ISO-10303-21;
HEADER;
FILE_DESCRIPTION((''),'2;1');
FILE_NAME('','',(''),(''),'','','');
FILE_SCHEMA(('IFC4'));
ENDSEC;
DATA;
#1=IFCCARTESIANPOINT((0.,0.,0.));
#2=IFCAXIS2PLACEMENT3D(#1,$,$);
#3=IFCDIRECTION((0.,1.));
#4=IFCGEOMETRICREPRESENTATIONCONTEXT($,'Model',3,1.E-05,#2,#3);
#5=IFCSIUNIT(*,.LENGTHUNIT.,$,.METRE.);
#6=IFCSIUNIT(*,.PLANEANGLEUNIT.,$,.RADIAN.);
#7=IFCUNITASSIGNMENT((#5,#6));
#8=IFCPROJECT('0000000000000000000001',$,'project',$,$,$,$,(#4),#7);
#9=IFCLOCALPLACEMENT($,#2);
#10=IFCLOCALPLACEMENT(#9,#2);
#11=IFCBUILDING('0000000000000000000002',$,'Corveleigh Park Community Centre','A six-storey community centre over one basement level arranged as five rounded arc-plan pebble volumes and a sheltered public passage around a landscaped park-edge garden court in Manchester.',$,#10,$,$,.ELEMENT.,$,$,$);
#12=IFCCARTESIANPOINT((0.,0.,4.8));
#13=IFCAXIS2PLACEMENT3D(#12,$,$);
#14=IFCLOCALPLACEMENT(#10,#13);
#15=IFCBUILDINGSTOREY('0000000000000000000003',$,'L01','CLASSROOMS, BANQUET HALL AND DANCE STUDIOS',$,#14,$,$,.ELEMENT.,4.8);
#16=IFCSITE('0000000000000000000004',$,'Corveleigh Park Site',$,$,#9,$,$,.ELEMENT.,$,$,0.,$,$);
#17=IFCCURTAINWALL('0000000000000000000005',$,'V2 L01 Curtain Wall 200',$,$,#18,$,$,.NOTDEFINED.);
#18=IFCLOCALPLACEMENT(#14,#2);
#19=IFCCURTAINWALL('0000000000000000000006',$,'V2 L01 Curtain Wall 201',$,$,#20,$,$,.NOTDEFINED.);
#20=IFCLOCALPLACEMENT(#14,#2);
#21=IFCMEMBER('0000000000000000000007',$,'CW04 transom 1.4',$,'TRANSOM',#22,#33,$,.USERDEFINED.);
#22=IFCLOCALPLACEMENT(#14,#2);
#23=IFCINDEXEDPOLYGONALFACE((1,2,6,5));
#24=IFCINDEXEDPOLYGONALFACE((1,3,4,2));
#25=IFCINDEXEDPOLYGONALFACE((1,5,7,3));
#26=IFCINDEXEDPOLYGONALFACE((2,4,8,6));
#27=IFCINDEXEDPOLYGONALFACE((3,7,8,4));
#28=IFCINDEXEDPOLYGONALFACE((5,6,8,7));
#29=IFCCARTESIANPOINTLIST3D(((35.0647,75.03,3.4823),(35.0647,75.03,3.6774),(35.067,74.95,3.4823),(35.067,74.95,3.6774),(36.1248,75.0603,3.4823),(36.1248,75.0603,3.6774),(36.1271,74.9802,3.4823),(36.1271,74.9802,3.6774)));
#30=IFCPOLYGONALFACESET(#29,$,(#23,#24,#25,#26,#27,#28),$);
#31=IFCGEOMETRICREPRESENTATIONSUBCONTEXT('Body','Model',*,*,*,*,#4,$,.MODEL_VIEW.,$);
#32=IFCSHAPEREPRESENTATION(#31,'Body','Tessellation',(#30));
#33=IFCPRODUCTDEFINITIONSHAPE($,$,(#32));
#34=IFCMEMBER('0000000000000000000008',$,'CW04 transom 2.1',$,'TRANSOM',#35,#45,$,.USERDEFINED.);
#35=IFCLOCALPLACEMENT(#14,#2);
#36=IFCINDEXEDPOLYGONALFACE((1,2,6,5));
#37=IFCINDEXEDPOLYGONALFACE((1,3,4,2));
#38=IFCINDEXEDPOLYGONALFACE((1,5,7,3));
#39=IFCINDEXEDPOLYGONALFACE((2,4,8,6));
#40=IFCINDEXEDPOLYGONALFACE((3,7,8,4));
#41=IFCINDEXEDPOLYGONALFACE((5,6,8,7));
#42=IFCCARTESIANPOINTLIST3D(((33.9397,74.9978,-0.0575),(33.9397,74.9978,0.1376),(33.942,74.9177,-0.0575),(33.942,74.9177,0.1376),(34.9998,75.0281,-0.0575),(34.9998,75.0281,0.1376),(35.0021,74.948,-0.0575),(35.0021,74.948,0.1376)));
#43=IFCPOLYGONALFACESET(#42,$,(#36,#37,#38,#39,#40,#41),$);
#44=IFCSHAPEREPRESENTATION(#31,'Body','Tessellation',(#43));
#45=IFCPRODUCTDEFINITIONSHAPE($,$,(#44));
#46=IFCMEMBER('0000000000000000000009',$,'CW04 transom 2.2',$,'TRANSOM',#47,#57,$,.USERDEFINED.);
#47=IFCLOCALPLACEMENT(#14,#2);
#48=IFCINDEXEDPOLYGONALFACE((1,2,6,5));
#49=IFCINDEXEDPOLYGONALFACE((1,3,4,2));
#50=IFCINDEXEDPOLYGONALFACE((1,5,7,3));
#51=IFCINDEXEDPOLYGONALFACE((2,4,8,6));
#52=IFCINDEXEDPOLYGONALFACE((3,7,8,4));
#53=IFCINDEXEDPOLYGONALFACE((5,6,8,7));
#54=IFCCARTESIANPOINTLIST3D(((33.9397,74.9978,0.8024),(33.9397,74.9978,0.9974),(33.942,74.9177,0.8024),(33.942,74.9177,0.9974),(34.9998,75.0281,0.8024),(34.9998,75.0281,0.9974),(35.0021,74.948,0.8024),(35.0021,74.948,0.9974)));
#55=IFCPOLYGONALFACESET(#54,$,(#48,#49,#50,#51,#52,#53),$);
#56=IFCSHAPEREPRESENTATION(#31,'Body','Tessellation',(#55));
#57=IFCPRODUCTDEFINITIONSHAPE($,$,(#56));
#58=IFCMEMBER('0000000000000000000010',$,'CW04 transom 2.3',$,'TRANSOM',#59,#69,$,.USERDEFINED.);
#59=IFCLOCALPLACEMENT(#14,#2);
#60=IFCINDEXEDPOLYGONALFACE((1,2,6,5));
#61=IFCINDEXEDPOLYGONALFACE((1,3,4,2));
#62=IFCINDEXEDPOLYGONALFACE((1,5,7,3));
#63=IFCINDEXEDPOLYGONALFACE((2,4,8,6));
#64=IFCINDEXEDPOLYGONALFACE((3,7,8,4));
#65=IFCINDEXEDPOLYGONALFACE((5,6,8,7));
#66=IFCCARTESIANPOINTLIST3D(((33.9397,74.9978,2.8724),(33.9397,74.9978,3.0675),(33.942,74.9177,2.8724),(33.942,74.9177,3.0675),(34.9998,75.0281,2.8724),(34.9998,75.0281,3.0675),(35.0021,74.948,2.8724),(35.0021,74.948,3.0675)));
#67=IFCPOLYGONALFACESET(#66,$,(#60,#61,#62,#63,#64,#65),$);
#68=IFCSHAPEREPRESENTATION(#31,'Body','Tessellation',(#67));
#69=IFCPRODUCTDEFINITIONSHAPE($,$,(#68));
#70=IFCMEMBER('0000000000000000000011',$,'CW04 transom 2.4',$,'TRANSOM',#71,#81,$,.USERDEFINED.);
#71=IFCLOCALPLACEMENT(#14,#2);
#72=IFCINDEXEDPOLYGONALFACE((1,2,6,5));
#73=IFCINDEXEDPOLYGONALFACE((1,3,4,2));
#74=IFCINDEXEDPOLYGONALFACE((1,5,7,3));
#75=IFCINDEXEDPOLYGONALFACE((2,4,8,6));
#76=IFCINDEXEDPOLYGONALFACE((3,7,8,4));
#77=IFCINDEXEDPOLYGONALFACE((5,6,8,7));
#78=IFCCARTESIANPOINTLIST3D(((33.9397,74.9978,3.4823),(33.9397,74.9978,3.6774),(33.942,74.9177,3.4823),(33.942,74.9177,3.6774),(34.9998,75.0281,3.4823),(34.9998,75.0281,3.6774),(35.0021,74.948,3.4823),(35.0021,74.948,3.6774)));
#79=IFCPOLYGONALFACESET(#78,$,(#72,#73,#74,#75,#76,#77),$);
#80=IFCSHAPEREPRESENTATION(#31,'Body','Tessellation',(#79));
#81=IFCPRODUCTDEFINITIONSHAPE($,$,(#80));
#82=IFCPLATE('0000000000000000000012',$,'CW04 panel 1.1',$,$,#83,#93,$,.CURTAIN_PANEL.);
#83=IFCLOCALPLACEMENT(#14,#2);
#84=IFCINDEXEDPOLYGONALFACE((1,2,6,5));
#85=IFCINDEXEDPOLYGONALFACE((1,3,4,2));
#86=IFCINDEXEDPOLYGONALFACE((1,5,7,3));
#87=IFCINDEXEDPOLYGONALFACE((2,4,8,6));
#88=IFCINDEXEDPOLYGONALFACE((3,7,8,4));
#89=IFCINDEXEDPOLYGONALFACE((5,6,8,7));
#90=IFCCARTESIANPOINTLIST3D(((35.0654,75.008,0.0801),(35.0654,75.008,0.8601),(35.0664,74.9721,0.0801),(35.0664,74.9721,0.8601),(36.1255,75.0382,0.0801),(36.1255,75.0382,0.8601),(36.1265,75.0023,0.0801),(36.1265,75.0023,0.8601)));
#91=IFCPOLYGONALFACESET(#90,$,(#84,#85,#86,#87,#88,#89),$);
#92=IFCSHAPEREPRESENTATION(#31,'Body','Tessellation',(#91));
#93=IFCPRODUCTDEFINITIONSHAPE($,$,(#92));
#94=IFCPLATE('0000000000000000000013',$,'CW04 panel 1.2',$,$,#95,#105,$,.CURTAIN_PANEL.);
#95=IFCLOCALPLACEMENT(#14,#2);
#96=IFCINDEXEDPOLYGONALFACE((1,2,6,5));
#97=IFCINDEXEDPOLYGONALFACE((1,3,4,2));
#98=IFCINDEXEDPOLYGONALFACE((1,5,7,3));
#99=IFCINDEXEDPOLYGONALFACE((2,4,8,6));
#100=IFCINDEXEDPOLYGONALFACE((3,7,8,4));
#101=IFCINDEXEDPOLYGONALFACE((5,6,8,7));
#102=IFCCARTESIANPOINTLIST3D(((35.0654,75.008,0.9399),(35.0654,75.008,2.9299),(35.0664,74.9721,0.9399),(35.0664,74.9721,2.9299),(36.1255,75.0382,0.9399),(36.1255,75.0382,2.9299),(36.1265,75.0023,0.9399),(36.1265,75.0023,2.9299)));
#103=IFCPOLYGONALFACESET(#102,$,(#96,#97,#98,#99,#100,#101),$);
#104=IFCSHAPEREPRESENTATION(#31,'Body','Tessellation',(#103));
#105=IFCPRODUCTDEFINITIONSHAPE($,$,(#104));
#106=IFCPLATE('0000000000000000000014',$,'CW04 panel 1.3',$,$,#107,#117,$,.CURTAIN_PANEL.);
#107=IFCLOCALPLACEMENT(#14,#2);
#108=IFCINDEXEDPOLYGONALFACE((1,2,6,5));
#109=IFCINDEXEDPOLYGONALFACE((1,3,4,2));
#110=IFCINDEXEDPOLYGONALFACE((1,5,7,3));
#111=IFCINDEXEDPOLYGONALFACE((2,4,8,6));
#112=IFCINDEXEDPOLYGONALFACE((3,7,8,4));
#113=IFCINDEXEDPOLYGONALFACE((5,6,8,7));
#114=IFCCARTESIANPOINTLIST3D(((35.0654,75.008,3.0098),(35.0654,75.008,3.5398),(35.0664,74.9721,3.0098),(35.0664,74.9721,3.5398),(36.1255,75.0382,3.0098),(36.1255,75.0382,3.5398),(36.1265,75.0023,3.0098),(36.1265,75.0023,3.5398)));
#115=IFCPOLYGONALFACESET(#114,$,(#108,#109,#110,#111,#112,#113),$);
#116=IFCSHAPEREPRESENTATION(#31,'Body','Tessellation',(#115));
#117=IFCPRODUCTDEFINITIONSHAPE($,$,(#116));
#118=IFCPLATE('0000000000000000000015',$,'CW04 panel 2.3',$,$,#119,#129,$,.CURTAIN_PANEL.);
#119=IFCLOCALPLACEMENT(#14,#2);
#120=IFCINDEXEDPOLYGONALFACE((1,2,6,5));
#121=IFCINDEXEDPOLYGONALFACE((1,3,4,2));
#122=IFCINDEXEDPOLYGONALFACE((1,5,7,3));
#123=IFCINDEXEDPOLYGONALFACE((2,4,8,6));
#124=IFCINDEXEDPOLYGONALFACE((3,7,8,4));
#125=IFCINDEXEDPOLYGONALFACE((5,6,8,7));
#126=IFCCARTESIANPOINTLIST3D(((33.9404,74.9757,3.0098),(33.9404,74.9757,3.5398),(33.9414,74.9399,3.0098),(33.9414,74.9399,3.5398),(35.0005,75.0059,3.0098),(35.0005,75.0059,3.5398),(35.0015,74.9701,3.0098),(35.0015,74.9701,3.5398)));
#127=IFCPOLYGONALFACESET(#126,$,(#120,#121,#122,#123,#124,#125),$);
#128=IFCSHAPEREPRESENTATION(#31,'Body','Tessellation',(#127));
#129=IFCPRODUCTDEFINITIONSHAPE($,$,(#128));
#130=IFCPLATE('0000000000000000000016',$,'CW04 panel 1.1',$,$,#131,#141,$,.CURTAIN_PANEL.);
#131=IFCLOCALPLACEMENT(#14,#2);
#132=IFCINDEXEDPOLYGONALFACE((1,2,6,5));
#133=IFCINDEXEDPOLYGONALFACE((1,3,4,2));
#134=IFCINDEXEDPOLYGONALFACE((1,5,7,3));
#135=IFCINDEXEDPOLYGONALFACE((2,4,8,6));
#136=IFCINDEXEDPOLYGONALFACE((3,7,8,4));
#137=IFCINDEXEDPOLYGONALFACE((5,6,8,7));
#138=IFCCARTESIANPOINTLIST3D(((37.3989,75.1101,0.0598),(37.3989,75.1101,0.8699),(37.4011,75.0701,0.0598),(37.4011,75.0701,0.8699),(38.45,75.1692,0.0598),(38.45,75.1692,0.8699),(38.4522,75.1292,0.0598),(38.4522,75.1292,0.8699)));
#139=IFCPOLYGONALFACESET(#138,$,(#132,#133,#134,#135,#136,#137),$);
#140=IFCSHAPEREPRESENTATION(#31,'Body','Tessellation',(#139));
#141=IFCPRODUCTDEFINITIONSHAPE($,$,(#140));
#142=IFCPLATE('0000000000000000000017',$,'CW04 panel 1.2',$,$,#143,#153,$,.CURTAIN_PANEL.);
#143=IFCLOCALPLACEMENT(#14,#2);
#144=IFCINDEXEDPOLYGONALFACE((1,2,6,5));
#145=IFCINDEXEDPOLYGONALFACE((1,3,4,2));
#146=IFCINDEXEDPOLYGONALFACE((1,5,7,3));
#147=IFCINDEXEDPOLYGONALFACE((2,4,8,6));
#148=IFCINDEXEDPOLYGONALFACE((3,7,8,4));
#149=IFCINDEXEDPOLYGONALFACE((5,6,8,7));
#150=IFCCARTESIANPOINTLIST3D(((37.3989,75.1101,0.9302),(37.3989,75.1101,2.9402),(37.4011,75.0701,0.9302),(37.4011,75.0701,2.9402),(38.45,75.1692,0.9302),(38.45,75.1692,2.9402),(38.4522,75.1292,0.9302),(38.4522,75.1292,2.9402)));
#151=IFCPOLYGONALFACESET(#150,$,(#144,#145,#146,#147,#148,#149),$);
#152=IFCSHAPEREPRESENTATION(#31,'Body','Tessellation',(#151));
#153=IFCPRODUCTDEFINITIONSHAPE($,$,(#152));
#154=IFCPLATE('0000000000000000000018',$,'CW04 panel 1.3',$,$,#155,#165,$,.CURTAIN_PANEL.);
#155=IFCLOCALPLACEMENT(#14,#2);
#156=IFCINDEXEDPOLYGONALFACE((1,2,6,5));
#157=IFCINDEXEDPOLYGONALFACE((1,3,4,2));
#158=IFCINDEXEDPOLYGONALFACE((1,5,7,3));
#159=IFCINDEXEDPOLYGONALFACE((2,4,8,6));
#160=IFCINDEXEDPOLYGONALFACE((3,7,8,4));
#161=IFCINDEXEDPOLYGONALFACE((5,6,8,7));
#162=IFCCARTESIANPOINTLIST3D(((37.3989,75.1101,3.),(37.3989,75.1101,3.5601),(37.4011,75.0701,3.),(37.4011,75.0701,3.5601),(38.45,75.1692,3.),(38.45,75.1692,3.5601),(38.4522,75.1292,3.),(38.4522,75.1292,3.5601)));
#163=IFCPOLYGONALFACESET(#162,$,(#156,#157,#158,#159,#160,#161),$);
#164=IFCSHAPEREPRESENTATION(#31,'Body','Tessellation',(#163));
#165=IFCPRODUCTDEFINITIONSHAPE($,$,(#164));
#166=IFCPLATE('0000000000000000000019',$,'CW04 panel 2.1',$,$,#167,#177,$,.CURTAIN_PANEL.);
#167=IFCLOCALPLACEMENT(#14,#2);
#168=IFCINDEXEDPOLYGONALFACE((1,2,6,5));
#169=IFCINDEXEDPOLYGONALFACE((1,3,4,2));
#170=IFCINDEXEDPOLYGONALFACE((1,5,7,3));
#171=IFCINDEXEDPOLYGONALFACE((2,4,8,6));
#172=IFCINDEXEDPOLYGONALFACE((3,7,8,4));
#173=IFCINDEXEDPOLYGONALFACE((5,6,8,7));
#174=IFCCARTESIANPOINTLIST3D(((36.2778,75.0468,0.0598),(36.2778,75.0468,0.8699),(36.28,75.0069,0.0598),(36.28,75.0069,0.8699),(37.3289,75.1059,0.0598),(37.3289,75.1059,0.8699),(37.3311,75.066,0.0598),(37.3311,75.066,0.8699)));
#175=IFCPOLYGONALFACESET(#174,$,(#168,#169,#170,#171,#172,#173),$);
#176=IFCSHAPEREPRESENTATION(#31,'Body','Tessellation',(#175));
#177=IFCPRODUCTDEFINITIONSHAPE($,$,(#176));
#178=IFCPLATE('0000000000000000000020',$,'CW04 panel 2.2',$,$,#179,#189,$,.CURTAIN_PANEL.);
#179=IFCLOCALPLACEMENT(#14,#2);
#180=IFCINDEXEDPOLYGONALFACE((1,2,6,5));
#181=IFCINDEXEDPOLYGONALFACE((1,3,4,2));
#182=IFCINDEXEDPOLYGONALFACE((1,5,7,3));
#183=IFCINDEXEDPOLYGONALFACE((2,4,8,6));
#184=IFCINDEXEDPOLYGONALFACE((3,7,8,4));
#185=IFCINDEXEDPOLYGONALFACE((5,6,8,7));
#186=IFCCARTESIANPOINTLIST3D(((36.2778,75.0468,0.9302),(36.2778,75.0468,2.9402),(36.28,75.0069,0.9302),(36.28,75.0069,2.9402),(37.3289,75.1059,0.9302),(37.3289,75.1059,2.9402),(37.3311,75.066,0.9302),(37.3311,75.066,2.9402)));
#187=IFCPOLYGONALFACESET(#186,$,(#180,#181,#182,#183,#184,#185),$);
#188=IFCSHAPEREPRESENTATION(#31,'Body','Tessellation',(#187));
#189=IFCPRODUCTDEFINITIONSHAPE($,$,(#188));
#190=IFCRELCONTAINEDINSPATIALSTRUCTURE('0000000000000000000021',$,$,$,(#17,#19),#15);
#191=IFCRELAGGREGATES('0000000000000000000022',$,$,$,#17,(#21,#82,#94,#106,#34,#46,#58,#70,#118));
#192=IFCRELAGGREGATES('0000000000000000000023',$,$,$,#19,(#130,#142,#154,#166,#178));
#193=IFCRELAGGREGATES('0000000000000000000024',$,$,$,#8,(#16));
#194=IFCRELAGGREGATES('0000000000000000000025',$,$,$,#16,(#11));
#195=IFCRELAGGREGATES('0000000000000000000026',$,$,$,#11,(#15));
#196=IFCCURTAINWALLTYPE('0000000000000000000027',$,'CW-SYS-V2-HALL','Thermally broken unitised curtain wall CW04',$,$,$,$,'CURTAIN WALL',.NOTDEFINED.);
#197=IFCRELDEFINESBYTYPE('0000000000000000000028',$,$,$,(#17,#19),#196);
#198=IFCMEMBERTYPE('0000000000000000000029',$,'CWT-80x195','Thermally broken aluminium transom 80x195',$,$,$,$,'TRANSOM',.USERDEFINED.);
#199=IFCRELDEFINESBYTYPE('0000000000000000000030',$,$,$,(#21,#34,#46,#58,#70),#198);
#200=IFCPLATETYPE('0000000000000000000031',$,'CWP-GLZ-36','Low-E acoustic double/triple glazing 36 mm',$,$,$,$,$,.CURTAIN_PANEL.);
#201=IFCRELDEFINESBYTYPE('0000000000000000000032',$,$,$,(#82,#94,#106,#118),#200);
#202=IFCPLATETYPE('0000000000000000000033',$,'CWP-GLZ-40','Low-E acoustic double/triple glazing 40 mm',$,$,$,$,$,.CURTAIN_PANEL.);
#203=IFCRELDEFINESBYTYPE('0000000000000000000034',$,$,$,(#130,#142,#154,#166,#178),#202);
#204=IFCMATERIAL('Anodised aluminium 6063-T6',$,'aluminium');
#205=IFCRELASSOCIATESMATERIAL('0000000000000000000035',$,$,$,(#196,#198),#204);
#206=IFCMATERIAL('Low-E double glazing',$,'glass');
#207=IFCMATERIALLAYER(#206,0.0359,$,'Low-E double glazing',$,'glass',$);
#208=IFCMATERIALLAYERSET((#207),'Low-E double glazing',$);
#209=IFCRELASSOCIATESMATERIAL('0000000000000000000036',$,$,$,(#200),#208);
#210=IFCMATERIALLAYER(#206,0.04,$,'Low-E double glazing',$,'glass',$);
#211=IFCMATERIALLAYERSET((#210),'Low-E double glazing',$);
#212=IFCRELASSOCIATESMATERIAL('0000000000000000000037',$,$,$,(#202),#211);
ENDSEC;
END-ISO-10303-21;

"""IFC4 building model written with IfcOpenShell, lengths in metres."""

from ifc_helpers import new_model, si_unit, direction, frame, origin, origin_2d, place, context, subcontext, project, spatial, rectangle, extrude, material, layer, layer_set, material_profile, profile_set, type_object, element, aggregate, save


model = new_model("IFC4")

# Units and contexts
model_context = context("Model", 3, precision=1e-05, world=origin(), true_north=direction((0.0, 1.0)))
body_context = subcontext(model_context, "Body", "Model", "MODEL_VIEW")
ifc_project = project(units=[si_unit("LENGTHUNIT", "METRE"), si_unit("PLANEANGLEUNIT", "RADIAN")], contexts=[model_context])

# Site, building, storey
site_placement = place(None, origin())
site = spatial("IfcSite", under=ifc_project, at=site_placement, Name="Corveleigh Park Site", CompositionType="ELEMENT", RefElevation=0.0)
building_placement = place(site_placement, origin())
building = spatial("IfcBuilding", under=site, at=building_placement, Name="Corveleigh Park Community Centre", Description="A six-storey community centre over one basement level arranged as five rounded arc-plan pebble volumes and a sheltered public passage around a landscaped park-edge garden court in Manchester.", CompositionType="ELEMENT")
storey_placement = place(building_placement, frame((0.0, 0.0, 4.8)))
storey = spatial("IfcBuildingStorey", under=building, at=storey_placement, Name="L01", Description="CLASSROOMS, BANQUET HALL AND DANCE STUDIOS", CompositionType="ELEMENT", Elevation=4.8)

# Curtain walls
ifc_material_1 = material(Name="Anodised aluminium 6063-T6", Category="aluminium")
curtain_wall_type = type_object("IfcCurtainWallType", Name="CW-SYS-V2-HALL", Description="Thermally broken unitised curtain wall CW04", ElementType="CURTAIN WALL", PredefinedType="NOTDEFINED", material=ifc_material_1)
curtain_wall_1_placement = place(storey_placement, origin())
curtain_wall_1 = element("IfcCurtainWall", 1, at=curtain_wall_1_placement, inside=storey, type_object=curtain_wall_type, Name="V2 L01 Curtain Wall 200", PredefinedType="NOTDEFINED")
curtain_wall_2_placement = place(storey_placement, origin())
curtain_wall_2 = element("IfcCurtainWall", 2, at=curtain_wall_2_placement, inside=storey, type_object=curtain_wall_type, Name="V2 L01 Curtain Wall 201", PredefinedType="NOTDEFINED")

# Members
ifc_material_profile_1 = material_profile(ifc_material_1, rectangle(XDim=0.0801, YDim=0.1951, at=origin_2d()), Name="ALU-T80x195", Category="aluminium")
ifc_profile_set_1 = profile_set([ifc_material_profile_1], Name="Anodised aluminium 6063-T6")
member_type_1 = type_object("IfcMemberType", Name="CWT-80x195", Description="Thermally broken aluminium transom 80x195", ElementType="TRANSOM", PredefinedType="USERDEFINED", material=ifc_profile_set_1)
member_1_placement = place(storey_placement, frame((36.126, 75.0203, 3.5798), z_axis=(-0.999592, -0.028547, 0.0), x_axis=(0.028547, -0.999592, 0.0)))
member_1 = element("IfcMember", 3, at=member_1_placement, type_object=member_type_1, Name="CW04 transom 1.4", ObjectType="TRANSOM", PredefinedType="USERDEFINED", context=body_context, shape_type="SweptSolid", body=[
    extrude(rectangle(XDim=0.0801, YDim=0.1951, at=origin_2d()), origin(), (0.0, 0.0, 1.0), 1.0605),
])
member_2_placement = place(storey_placement, frame((35.001, 74.988, 0.04), z_axis=(-0.999592, -0.028547, 0.0), x_axis=(0.028547, -0.999592, 0.0)))
member_2 = element("IfcMember", 4, at=member_2_placement, type_object=member_type_1, Name="CW04 transom 2.1", ObjectType="TRANSOM", PredefinedType="USERDEFINED", context=body_context, shape_type="SweptSolid", body=[
    extrude(rectangle(XDim=0.0801, YDim=0.1951, at=origin_2d()), origin(), (0.0, 0.0, 1.0), 1.0605),
])
member_3_placement = place(storey_placement, frame((35.001, 74.988, 0.8999), z_axis=(-0.999592, -0.028547, 0.0), x_axis=(0.028547, -0.999592, 0.0)))
member_3 = element("IfcMember", 5, at=member_3_placement, type_object=member_type_1, Name="CW04 transom 2.2", ObjectType="TRANSOM", PredefinedType="USERDEFINED", context=body_context, shape_type="SweptSolid", body=[
    extrude(rectangle(XDim=0.0801, YDim=0.1951, at=origin_2d()), origin(), (0.0, 0.0, 1.0), 1.0605),
])
member_4_placement = place(storey_placement, frame((35.001, 74.988, 2.97), z_axis=(-0.999592, -0.028547, 0.0), x_axis=(0.028547, -0.999592, 0.0)))
member_4 = element("IfcMember", 6, at=member_4_placement, type_object=member_type_1, Name="CW04 transom 2.3", ObjectType="TRANSOM", PredefinedType="USERDEFINED", context=body_context, shape_type="SweptSolid", body=[
    extrude(rectangle(XDim=0.0801, YDim=0.1951, at=origin_2d()), origin(), (0.0, 0.0, 1.0), 1.0605),
])
member_5_placement = place(storey_placement, frame((35.001, 74.988, 3.5798), z_axis=(-0.999592, -0.028547, 0.0), x_axis=(0.028547, -0.999592, 0.0)))
member_5 = element("IfcMember", 7, at=member_5_placement, type_object=member_type_1, Name="CW04 transom 2.4", ObjectType="TRANSOM", PredefinedType="USERDEFINED", context=body_context, shape_type="SweptSolid", body=[
    extrude(rectangle(XDim=0.0801, YDim=0.1951, at=origin_2d()), origin(), (0.0, 0.0, 1.0), 1.0605),
])

# Plates
ifc_material_2 = material(Name="Low-E double glazing", Category="glass")
ifc_layer_1 = layer(ifc_material_2, 0.0359, Name="Low-E double glazing", Category="glass")
ifc_layer_set_1 = layer_set([ifc_layer_1], Name="Low-E double glazing")
plate_type_1 = type_object("IfcPlateType", Name="CWP-GLZ-36", Description="Low-E acoustic double/triple glazing 36 mm", PredefinedType="CURTAIN_PANEL", material=ifc_layer_set_1)
plate_1_placement = place(storey_placement, frame((35.5959, 75.0051, 0.0801), z_axis=(0.0, 0.0, 1.0), x_axis=(-0.999594, -0.028498, 0.0)))
plate_1 = element("IfcPlate", 8, at=plate_1_placement, type_object=plate_type_1, Name="CW04 panel 1.1", PredefinedType="CURTAIN_PANEL", context=body_context, shape_type="SweptSolid", body=[
    extrude(rectangle(XDim=1.0605, YDim=0.0359, at=origin_2d()), origin(), (0.0, 0.0, 1.0), 0.78),
])
plate_2_placement = place(storey_placement, frame((35.5959, 75.0051, 0.9399), z_axis=(0.0, 0.0, 1.0), x_axis=(-0.999594, -0.028498, 0.0)))
plate_2 = element("IfcPlate", 9, at=plate_2_placement, type_object=plate_type_1, Name="CW04 panel 1.2", PredefinedType="CURTAIN_PANEL", context=body_context, shape_type="SweptSolid", body=[
    extrude(rectangle(XDim=1.0605, YDim=0.0359, at=origin_2d()), origin(), (0.0, 0.0, 1.0), 1.99),
])
plate_3_placement = place(storey_placement, frame((35.5959, 75.0051, 3.0098), z_axis=(0.0, 0.0, 1.0), x_axis=(-0.999594, -0.028498, 0.0)))
plate_3 = element("IfcPlate", 10, at=plate_3_placement, type_object=plate_type_1, Name="CW04 panel 1.3", PredefinedType="CURTAIN_PANEL", context=body_context, shape_type="SweptSolid", body=[
    extrude(rectangle(XDim=1.0605, YDim=0.0359, at=origin_2d()), origin(), (0.0, 0.0, 1.0), 0.53),
])
plate_4_placement = place(storey_placement, frame((34.4709, 74.9729, 3.0098), z_axis=(0.0, 0.0, 1.0), x_axis=(-0.999594, -0.028498, 0.0)))
plate_4 = element("IfcPlate", 11, at=plate_4_placement, type_object=plate_type_1, Name="CW04 panel 2.3", PredefinedType="CURTAIN_PANEL", context=body_context, shape_type="SweptSolid", body=[
    extrude(rectangle(XDim=1.0605, YDim=0.0359, at=origin_2d()), origin(), (0.0, 0.0, 1.0), 0.53),
])
aggregate(curtain_wall_1, [member_1, plate_1, plate_2, plate_3, member_2, member_3, member_4, member_5, plate_4])
ifc_layer_2 = layer(ifc_material_2, 0.04, Name="Low-E double glazing", Category="glass")
ifc_layer_set_2 = layer_set([ifc_layer_2], Name="Low-E double glazing")
plate_type_2 = type_object("IfcPlateType", Name="CWP-GLZ-40", Description="Low-E acoustic double/triple glazing 40 mm", PredefinedType="CURTAIN_PANEL", material=ifc_layer_set_2)
plate_5_placement = place(storey_placement, frame((37.9255, 75.1196, 0.0598), z_axis=(0.0, 0.0, 1.0), x_axis=(-0.998423, -0.05614, 0.0)))
plate_5 = element("IfcPlate", 12, at=plate_5_placement, type_object=plate_type_2, Name="CW04 panel 1.1", PredefinedType="CURTAIN_PANEL", context=body_context, shape_type="SweptSolid", body=[
    extrude(rectangle(XDim=1.0527, YDim=0.04, at=origin_2d()), origin(), (0.0, 0.0, 1.0), 0.8101),
])
plate_6_placement = place(storey_placement, frame((37.9255, 75.1196, 0.9302), z_axis=(0.0, 0.0, 1.0), x_axis=(-0.998423, -0.05614, 0.0)))
plate_6 = element("IfcPlate", 13, at=plate_6_placement, type_object=plate_type_2, Name="CW04 panel 1.2", PredefinedType="CURTAIN_PANEL", context=body_context, shape_type="SweptSolid", body=[
    extrude(rectangle(XDim=1.0527, YDim=0.04, at=origin_2d()), origin(), (0.0, 0.0, 1.0), 2.01),
])
plate_7_placement = place(storey_placement, frame((37.9255, 75.1196, 3.0), z_axis=(0.0, 0.0, 1.0), x_axis=(-0.998423, -0.05614, 0.0)))
plate_7 = element("IfcPlate", 14, at=plate_7_placement, type_object=plate_type_2, Name="CW04 panel 1.3", PredefinedType="CURTAIN_PANEL", context=body_context, shape_type="SweptSolid", body=[
    extrude(rectangle(XDim=1.0527, YDim=0.04, at=origin_2d()), origin(), (0.0, 0.0, 1.0), 0.5601),
])
plate_8_placement = place(storey_placement, frame((36.8044, 75.0564, 0.0598), z_axis=(0.0, 0.0, 1.0), x_axis=(-0.998423, -0.05614, 0.0)))
plate_8 = element("IfcPlate", 15, at=plate_8_placement, type_object=plate_type_2, Name="CW04 panel 2.1", PredefinedType="CURTAIN_PANEL", context=body_context, shape_type="SweptSolid", body=[
    extrude(rectangle(XDim=1.0527, YDim=0.04, at=origin_2d()), origin(), (0.0, 0.0, 1.0), 0.8101),
])
plate_9_placement = place(storey_placement, frame((36.8044, 75.0564, 0.9302), z_axis=(0.0, 0.0, 1.0), x_axis=(-0.998423, -0.05614, 0.0)))
plate_9 = element("IfcPlate", 16, at=plate_9_placement, type_object=plate_type_2, Name="CW04 panel 2.2", PredefinedType="CURTAIN_PANEL", context=body_context, shape_type="SweptSolid", body=[
    extrude(rectangle(XDim=1.0527, YDim=0.04, at=origin_2d()), origin(), (0.0, 0.0, 1.0), 2.01),
])
aggregate(curtain_wall_2, [plate_5, plate_6, plate_7, plate_8, plate_9])

save(model, "model.ifc")
